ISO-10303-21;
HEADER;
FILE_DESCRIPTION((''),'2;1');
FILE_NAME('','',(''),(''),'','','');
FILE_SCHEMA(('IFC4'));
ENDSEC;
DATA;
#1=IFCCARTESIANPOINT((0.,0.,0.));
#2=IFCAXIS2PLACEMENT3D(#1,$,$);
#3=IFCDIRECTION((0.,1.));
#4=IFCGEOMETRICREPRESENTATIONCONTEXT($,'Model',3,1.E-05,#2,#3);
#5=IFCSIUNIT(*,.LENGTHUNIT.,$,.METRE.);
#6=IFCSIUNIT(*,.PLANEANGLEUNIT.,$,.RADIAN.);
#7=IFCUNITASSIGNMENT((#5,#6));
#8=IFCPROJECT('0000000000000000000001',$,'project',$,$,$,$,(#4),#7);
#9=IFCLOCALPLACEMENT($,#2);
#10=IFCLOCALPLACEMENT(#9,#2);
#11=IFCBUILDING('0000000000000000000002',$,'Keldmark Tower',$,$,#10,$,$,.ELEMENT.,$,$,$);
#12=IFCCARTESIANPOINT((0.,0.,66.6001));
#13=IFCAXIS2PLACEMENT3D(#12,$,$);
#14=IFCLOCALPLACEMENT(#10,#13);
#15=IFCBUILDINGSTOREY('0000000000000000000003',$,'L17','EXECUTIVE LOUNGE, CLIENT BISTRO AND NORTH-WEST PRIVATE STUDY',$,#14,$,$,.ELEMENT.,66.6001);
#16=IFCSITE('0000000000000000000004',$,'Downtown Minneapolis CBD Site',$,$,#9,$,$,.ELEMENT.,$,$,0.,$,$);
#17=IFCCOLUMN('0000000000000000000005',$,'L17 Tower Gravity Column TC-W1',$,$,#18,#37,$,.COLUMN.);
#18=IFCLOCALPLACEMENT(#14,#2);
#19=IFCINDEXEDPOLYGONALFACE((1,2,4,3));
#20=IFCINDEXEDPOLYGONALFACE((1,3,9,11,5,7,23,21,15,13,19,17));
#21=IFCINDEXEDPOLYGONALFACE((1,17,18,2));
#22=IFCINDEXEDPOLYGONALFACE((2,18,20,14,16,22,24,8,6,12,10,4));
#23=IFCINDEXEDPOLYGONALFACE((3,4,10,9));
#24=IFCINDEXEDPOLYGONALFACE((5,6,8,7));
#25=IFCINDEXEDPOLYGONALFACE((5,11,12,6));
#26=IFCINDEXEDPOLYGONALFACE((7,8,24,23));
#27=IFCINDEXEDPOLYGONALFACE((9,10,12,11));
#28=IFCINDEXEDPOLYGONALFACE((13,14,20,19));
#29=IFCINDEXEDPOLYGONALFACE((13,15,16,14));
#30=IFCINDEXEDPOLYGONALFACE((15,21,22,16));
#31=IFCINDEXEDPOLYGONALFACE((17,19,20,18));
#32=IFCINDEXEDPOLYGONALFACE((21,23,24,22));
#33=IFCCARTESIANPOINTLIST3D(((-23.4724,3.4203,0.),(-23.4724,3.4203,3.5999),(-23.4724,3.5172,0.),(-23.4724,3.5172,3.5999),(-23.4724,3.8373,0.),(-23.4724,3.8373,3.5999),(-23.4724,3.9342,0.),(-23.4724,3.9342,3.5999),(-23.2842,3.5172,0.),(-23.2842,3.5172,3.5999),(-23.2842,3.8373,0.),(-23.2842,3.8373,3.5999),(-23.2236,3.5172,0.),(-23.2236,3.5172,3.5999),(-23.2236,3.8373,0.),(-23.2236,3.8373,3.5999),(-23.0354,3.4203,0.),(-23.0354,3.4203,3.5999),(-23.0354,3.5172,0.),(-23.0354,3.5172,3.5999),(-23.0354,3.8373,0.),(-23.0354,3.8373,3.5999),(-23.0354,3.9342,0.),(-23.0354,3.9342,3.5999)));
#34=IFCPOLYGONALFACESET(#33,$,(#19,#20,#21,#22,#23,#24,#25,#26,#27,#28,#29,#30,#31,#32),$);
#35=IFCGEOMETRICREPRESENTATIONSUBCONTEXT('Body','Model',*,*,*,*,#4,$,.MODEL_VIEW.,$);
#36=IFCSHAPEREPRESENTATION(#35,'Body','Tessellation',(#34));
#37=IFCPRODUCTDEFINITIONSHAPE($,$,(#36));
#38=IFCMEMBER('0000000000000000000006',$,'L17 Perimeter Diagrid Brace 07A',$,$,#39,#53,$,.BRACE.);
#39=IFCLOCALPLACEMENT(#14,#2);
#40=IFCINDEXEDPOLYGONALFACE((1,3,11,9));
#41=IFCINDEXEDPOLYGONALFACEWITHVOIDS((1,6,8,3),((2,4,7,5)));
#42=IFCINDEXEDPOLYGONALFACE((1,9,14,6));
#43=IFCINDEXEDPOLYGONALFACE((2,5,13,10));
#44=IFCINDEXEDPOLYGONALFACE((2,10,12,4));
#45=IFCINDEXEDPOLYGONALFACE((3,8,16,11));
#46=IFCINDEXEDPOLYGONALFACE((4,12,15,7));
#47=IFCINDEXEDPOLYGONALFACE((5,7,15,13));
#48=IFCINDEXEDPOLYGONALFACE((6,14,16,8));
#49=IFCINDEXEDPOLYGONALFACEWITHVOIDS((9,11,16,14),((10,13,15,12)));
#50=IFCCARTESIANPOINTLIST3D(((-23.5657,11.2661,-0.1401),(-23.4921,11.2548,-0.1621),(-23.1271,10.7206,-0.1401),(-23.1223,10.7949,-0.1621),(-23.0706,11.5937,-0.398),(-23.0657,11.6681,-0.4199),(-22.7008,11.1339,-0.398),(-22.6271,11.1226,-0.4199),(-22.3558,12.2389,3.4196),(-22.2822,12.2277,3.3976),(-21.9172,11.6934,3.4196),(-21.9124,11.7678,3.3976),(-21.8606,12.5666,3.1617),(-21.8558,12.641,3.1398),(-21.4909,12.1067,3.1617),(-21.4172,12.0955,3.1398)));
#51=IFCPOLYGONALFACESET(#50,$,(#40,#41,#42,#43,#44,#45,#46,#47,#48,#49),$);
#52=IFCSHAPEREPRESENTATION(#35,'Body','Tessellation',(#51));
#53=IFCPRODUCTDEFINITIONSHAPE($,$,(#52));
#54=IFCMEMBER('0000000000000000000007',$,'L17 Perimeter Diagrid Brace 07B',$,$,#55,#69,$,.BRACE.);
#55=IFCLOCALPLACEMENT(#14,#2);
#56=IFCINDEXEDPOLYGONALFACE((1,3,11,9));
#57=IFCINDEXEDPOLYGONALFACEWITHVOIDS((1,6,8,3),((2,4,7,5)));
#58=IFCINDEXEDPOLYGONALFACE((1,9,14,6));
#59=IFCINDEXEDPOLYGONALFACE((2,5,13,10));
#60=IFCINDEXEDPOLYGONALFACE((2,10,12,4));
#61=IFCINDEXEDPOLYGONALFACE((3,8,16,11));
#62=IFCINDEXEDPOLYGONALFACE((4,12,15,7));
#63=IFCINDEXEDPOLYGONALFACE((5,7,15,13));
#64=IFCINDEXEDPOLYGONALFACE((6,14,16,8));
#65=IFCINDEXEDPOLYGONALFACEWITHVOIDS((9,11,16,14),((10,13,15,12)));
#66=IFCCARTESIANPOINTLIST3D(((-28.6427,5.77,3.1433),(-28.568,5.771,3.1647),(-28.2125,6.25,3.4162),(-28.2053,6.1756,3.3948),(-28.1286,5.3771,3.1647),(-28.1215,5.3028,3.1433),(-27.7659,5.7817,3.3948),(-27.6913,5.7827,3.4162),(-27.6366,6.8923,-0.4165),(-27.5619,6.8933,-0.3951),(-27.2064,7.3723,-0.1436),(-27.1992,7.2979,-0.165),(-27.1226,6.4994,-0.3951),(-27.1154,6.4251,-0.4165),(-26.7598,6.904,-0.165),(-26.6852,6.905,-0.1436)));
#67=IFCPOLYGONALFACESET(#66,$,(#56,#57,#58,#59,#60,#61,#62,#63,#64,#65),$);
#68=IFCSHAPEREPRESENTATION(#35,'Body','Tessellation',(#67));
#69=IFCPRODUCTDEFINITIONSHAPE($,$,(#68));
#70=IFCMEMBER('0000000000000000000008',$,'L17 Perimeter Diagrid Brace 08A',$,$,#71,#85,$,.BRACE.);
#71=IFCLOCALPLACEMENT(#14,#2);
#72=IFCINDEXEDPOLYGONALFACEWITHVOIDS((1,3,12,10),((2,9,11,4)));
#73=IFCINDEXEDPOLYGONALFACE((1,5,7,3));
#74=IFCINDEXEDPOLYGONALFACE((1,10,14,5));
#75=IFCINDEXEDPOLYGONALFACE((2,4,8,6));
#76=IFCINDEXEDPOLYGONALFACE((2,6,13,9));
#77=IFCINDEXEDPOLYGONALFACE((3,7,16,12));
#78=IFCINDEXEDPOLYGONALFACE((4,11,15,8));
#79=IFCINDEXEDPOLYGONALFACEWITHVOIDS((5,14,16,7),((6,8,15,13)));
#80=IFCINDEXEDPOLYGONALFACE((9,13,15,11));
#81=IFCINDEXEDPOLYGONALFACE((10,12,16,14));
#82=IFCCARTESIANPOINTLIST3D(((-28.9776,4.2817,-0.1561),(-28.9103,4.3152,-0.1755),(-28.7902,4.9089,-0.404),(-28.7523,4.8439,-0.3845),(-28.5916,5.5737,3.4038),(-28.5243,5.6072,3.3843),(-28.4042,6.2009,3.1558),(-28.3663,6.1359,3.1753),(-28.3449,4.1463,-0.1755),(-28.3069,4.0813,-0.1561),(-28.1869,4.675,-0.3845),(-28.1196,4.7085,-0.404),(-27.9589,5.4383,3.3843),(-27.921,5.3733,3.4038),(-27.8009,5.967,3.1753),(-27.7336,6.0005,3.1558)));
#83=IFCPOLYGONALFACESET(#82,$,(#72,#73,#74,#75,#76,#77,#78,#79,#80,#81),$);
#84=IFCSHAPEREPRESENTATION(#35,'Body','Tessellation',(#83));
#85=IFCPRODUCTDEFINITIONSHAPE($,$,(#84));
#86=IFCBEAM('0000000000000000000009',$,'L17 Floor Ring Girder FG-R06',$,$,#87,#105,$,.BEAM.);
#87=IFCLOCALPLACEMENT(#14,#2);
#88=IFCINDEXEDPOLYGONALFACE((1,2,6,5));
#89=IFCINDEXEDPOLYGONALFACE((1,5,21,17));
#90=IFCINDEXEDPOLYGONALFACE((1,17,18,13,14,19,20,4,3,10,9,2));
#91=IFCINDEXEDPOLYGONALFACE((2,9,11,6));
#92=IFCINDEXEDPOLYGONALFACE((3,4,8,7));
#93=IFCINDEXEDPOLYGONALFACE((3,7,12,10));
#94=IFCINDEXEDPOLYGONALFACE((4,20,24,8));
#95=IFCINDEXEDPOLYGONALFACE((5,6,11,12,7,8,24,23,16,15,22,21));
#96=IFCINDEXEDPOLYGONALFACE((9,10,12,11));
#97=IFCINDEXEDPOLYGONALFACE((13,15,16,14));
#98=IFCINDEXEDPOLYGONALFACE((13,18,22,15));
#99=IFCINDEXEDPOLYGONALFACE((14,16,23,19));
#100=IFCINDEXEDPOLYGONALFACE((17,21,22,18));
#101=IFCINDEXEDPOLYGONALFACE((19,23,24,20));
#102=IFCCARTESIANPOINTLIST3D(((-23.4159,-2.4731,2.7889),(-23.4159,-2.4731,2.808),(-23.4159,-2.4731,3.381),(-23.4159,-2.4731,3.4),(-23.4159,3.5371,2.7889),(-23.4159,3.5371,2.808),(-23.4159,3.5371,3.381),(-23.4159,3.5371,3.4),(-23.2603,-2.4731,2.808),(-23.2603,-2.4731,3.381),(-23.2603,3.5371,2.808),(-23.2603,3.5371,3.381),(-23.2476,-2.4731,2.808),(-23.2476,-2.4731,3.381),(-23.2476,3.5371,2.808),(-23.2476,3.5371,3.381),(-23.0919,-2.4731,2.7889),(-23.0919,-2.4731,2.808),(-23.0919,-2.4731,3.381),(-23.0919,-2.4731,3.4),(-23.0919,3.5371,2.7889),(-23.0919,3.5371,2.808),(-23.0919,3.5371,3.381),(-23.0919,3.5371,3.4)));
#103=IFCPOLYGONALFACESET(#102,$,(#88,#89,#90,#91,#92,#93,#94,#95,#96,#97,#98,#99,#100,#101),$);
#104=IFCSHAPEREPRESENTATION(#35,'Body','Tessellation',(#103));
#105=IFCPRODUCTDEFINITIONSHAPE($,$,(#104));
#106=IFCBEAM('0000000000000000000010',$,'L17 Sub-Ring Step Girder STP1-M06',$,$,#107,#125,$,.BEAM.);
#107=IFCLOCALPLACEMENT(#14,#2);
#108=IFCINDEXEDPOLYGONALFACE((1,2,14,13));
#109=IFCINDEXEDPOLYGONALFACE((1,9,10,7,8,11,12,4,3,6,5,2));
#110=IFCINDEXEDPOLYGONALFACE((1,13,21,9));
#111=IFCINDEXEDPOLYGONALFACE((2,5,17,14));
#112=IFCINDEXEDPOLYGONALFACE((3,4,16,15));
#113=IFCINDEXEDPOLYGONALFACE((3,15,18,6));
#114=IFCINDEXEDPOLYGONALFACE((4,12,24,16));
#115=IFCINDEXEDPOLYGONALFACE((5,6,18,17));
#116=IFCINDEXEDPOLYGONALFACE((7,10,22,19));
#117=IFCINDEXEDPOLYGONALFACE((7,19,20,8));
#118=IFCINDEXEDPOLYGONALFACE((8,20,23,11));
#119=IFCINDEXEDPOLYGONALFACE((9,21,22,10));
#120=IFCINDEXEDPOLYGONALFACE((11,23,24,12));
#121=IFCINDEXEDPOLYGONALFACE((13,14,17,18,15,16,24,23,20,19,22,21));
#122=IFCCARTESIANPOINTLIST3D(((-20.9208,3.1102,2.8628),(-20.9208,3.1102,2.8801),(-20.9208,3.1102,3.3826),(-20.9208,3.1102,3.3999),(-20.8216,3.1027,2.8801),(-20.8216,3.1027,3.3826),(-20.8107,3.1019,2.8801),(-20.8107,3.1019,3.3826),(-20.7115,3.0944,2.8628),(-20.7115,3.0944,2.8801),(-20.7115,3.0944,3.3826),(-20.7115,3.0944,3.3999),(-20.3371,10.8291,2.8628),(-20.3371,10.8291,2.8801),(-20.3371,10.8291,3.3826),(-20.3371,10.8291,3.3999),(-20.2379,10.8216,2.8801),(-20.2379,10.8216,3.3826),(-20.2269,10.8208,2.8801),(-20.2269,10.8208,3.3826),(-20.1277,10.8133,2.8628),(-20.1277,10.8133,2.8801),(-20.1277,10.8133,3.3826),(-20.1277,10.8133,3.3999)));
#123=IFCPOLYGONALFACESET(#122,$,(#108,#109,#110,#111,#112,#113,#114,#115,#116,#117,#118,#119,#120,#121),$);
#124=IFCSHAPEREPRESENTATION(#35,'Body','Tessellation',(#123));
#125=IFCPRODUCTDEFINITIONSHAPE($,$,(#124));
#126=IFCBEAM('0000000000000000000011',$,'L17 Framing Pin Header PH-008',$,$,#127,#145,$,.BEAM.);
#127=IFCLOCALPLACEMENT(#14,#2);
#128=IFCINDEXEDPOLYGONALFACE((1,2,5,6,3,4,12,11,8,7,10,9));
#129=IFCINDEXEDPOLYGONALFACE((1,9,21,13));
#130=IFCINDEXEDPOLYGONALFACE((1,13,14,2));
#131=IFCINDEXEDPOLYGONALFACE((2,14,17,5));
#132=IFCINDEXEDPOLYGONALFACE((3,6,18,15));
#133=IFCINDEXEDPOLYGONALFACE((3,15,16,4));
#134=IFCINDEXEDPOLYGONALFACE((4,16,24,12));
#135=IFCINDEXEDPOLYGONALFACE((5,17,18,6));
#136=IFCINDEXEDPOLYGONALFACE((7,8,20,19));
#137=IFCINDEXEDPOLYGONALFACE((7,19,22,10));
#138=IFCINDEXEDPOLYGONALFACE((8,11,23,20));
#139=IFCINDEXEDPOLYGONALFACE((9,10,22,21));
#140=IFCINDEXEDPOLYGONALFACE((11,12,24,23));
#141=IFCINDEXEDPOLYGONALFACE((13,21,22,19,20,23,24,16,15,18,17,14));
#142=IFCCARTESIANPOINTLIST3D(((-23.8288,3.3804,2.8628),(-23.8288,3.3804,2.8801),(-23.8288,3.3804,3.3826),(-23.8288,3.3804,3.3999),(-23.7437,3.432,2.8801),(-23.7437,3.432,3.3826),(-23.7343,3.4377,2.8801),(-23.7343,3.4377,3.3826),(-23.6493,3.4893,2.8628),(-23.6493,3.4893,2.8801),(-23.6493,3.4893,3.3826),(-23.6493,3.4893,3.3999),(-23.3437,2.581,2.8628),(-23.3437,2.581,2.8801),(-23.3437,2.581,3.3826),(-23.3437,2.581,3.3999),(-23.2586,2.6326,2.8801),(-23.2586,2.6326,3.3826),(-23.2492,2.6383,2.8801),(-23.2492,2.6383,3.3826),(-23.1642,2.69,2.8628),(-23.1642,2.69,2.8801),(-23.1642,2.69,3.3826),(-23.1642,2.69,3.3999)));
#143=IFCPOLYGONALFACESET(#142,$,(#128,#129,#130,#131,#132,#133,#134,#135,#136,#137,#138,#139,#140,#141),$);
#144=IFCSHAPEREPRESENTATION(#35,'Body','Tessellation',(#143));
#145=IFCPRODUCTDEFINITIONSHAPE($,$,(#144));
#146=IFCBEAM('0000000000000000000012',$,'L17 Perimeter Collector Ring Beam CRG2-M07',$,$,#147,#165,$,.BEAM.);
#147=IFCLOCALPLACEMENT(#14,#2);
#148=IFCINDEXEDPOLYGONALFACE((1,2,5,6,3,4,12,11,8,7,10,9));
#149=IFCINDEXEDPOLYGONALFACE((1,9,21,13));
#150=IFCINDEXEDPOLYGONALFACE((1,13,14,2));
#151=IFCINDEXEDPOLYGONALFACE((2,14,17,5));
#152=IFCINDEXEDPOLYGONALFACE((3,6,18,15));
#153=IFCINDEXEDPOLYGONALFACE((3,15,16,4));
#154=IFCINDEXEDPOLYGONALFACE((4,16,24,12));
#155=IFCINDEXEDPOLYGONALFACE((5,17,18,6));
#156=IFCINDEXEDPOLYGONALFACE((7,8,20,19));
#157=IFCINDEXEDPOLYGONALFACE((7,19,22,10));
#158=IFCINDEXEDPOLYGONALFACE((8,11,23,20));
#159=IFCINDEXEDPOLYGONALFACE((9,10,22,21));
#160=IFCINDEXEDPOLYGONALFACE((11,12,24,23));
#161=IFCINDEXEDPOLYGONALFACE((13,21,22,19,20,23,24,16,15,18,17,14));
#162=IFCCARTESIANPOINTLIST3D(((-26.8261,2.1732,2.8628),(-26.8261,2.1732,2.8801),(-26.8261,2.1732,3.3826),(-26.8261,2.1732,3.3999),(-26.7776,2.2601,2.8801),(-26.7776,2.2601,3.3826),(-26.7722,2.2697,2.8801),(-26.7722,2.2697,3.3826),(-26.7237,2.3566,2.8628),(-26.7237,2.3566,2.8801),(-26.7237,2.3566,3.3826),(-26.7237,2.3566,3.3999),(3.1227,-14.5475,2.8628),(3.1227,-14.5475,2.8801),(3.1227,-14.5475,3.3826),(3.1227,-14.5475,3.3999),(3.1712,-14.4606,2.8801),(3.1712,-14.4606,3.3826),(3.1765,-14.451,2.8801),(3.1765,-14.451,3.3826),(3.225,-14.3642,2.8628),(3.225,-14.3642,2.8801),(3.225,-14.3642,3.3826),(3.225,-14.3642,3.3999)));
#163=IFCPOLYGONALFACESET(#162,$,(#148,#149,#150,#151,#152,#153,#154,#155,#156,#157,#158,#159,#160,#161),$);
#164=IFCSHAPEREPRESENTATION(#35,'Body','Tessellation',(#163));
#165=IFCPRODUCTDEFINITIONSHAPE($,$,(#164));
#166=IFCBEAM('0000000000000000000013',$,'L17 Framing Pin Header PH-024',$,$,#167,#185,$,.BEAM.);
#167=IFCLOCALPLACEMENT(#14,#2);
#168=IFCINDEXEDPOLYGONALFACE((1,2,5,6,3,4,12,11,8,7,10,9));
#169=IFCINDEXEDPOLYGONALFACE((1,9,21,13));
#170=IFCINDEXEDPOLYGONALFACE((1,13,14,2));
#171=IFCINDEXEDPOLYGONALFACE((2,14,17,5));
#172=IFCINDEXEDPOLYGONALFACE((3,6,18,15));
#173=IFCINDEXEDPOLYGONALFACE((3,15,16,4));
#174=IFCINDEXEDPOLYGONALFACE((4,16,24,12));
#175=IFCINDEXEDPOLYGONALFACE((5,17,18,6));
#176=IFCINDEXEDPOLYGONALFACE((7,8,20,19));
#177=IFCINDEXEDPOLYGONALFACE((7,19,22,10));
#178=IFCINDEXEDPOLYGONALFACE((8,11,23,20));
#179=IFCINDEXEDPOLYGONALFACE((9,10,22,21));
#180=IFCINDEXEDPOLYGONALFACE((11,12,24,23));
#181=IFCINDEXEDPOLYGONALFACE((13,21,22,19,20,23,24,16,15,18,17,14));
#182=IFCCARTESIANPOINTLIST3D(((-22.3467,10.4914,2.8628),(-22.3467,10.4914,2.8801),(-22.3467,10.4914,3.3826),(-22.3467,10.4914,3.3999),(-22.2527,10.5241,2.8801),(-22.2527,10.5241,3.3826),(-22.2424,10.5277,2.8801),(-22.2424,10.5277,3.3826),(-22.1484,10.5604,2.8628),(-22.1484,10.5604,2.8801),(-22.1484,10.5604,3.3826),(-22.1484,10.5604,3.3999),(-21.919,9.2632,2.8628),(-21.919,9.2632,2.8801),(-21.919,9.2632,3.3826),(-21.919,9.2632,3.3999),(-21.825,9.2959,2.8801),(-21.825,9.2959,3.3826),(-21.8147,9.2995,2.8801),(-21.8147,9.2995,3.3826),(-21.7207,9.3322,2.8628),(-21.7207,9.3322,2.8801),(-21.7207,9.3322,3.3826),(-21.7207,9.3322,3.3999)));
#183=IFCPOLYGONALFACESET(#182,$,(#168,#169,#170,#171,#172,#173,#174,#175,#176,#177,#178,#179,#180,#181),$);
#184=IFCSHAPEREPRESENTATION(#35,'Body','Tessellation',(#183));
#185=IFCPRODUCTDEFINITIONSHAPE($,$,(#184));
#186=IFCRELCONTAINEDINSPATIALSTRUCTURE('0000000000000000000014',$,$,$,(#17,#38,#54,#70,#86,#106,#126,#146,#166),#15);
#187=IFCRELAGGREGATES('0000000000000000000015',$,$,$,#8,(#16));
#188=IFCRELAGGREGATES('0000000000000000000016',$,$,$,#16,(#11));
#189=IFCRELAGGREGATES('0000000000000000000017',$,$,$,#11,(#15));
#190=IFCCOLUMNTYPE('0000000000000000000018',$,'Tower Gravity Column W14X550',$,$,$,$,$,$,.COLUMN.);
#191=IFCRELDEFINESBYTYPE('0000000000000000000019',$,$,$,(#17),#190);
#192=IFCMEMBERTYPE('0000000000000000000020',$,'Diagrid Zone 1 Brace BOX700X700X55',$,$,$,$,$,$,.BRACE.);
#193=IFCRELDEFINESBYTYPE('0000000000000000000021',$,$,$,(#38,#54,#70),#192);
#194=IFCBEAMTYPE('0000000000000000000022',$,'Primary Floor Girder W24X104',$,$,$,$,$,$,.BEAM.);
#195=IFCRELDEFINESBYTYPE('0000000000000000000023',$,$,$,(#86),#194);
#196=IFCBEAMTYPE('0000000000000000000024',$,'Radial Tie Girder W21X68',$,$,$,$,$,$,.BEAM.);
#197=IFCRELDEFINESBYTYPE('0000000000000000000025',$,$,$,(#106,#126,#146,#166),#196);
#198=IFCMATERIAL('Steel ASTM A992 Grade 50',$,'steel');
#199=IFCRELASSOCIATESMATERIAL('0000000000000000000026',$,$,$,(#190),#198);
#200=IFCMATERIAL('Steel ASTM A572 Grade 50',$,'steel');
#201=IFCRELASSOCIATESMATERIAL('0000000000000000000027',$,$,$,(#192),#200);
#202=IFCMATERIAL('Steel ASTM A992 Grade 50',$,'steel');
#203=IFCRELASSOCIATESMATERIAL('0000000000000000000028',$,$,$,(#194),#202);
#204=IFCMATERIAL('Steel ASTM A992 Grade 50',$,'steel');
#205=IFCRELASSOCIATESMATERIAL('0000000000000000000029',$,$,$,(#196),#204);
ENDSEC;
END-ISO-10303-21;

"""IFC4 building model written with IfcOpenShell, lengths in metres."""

from ifc_helpers import new_model, si_unit, direction, frame, origin, origin_2d, place, context, subcontext, project, spatial, hollow_rectangle, i_section, extrude, material, material_profile, profile_set, type_object, element, save


model = new_model("IFC4")

# Units and contexts
model_context = context("Model", 3, precision=1e-05, world=origin(), true_north=direction((0.0, 1.0)))
body_context = subcontext(model_context, "Body", "Model", "MODEL_VIEW")
ifc_project = project(units=[si_unit("LENGTHUNIT", "METRE"), si_unit("PLANEANGLEUNIT", "RADIAN")], contexts=[model_context])

# Site, building, storey
site_placement = place(None, origin())
site = spatial("IfcSite", under=ifc_project, at=site_placement, Name="Downtown Minneapolis CBD Site", CompositionType="ELEMENT", RefElevation=0.0)
building_placement = place(site_placement, origin())
building = spatial("IfcBuilding", under=site, at=building_placement, Name="Keldmark Tower", CompositionType="ELEMENT")
storey_placement = place(building_placement, frame((0.0, 0.0, 66.6001)))
storey = spatial("IfcBuildingStorey", under=building, at=storey_placement, Name="L17", Description="EXECUTIVE LOUNGE, CLIENT BISTRO AND NORTH-WEST PRIVATE STUDY", CompositionType="ELEMENT", Elevation=66.6001)

# Column
ifc_material_1 = material(Name="Steel ASTM A992 Grade 50", Category="steel")
ifc_material_profile_1 = material_profile(ifc_material_1, i_section(OverallWidth=0.437, OverallDepth=0.5139, WebThickness=0.0605, FlangeThickness=0.0969, at=origin_2d()), Name="W14X550")
ifc_profile_set_1 = profile_set([ifc_material_profile_1], Name="Steel ASTM A992 Grade 50")
column_type = type_object("IfcColumnType", Name="Tower Gravity Column W14X550", PredefinedType="COLUMN", material=ifc_profile_set_1)
column_placement = place(storey_placement, frame((-23.2539, 3.6772, 0.0), z_axis=(0.0, 0.0, 1.0), x_axis=(1.0, 0.0, 0.0)))
element("IfcColumn", 1, at=column_placement, inside=storey, type_object=column_type, Name="L17 Tower Gravity Column TC-W1", PredefinedType="COLUMN", context=body_context, shape_type="SweptSolid", body=[
    extrude(i_section(OverallWidth=0.437, OverallDepth=0.5139, WebThickness=0.0605, FlangeThickness=0.0969, at=origin_2d()), origin(), (0.0, 0.0, 1.0), 3.5999),
])

# Members
ifc_material_2 = material(Name="Steel ASTM A572 Grade 50", Category="steel")
ifc_material_profile_2 = material_profile(ifc_material_2, hollow_rectangle(XDim=0.7, YDim=0.7, WallThickness=0.0549, at=origin_2d()), Name="BOX700X700X55")
ifc_profile_set_2 = profile_set([ifc_material_profile_2], Name="Steel ASTM A572 Grade 50")
member_type = type_object("IfcMemberType", Name="Diagrid Zone 1 Brace BOX700X700X55", PredefinedType="BRACE", material=ifc_profile_set_2)
member_1_placement = place(storey_placement, frame((-23.0964, 11.1943, -0.28), z_axis=(0.311552, 0.250511, 0.916613), x_axis=(-0.62663, 0.779317, 0.0)))
element("IfcMember", 2, at=member_1_placement, inside=storey, type_object=member_type, Name="L17 Perimeter Diagrid Brace 07A", PredefinedType="BRACE", context=body_context, shape_type="SweptSolid", body=[
    extrude(hollow_rectangle(XDim=0.7, YDim=0.7, WallThickness=0.0549, at=origin_2d()), origin(), (0.0, 0.0, 1.0), 3.8835),
])
member_2_placement = place(storey_placement, frame((-27.1609, 6.8987, -0.28), z_axis=(-0.26026, -0.290322, 0.920857), x_axis=(0.744606, -0.667505, 0.0)))
element("IfcMember", 3, at=member_2_placement, inside=storey, type_object=member_type, Name="L17 Perimeter Diagrid Brace 07B", PredefinedType="BRACE", context=body_context, shape_type="SweptSolid", body=[
    extrude(hollow_rectangle(XDim=0.7, YDim=0.7, WallThickness=0.0549, at=origin_2d()), origin(), (0.0, 0.0, 1.0), 3.8657),
])
member_3_placement = place(storey_placement, frame((-28.5486, 4.4951, -0.28), z_axis=(0.101398, 0.339405, 0.935159), x_axis=(-0.958155, 0.286251, 0.0)))
element("IfcMember", 4, at=member_3_placement, inside=storey, type_object=member_type, Name="L17 Perimeter Diagrid Brace 08A", PredefinedType="BRACE", context=body_context, shape_type="SweptSolid", body=[
    extrude(hollow_rectangle(XDim=0.7, YDim=0.7, WallThickness=0.0549, at=origin_2d()), origin(), (0.0, 0.0, 1.0), 3.8066),
])

# Beams
ifc_material_3 = material(Name="Steel ASTM A992 Grade 50", Category="steel")
ifc_material_profile_3 = material_profile(ifc_material_3, i_section(OverallWidth=0.324, OverallDepth=0.6111, WebThickness=0.0127, FlangeThickness=0.019, at=origin_2d()), Name="W24X104")
ifc_profile_set_3 = profile_set([ifc_material_profile_3], Name="Steel ASTM A992 Grade 50")
beam_type_1 = type_object("IfcBeamType", Name="Primary Floor Girder W24X104", PredefinedType="BEAM", material=ifc_profile_set_3)
beam_1_placement = place(storey_placement, frame((-23.2539, 3.5371, 3.0945), z_axis=(0.0, -1.0, 0.0), x_axis=(1.0, 0.0, 0.0)))
element("IfcBeam", 5, at=beam_1_placement, inside=storey, type_object=beam_type_1, Name="L17 Floor Ring Girder FG-R06", PredefinedType="BEAM", context=body_context, shape_type="SweptSolid", body=[
    extrude(i_section(OverallWidth=0.324, OverallDepth=0.6111, WebThickness=0.0127, FlangeThickness=0.019, at=origin_2d()), origin(), (0.0, 0.0, 1.0), 6.0103),
])
ifc_material_4 = material(Name="Steel ASTM A992 Grade 50", Category="steel")
ifc_material_profile_4 = material_profile(ifc_material_4, i_section(OverallWidth=0.21, OverallDepth=0.5371, WebThickness=0.011, FlangeThickness=0.0173, at=origin_2d()), Name="W21X68")
ifc_profile_set_4 = profile_set([ifc_material_profile_4], Name="Steel ASTM A992 Grade 50")
beam_type_2 = type_object("IfcBeamType", Name="Radial Tie Girder W21X68", PredefinedType="BEAM", material=ifc_profile_set_4)
beam_2_placement = place(storey_placement, frame((-20.8162, 3.1023, 3.1313), z_axis=(0.075409, 0.997153, 0.0), x_axis=(-0.997153, 0.075409, 0.0)))
element("IfcBeam", 6, at=beam_2_placement, inside=storey, type_object=beam_type_2, Name="L17 Sub-Ring Step Girder STP1-M06", PredefinedType="BEAM", context=body_context, shape_type="SweptSolid", body=[
    extrude(i_section(OverallWidth=0.21, OverallDepth=0.5371, WebThickness=0.011, FlangeThickness=0.0173, at=origin_2d()), origin(), (0.0, 0.0, 1.0), 7.741),
])
beam_3_placement = place(storey_placement, frame((-23.2539, 2.6355, 3.1313), z_axis=(-0.518828, 0.854879, 0.0), x_axis=(-0.854879, -0.518828, 0.0)))
element("IfcBeam", 7, at=beam_3_placement, inside=storey, type_object=beam_type_2, Name="L17 Framing Pin Header PH-008", PredefinedType="BEAM", context=body_context, shape_type="SweptSolid", body=[
    extrude(i_section(OverallWidth=0.21, OverallDepth=0.5371, WebThickness=0.011, FlangeThickness=0.0173, at=origin_2d()), origin(), (0.0, 0.0, 1.0), 0.9351),
])
beam_4_placement = place(storey_placement, frame((-26.7749, 2.2649, 3.1313), z_axis=(0.873134, -0.48748, 0.0), x_axis=(0.48748, 0.873134, 0.0)))
element("IfcBeam", 8, at=beam_4_placement, inside=storey, type_object=beam_type_2, Name="L17 Perimeter Collector Ring Beam CRG2-M07", PredefinedType="BEAM", context=body_context, shape_type="SweptSolid", body=[
    extrude(i_section(OverallWidth=0.21, OverallDepth=0.5371, WebThickness=0.011, FlangeThickness=0.0173, at=origin_2d()), origin(), (0.0, 0.0, 1.0), 34.3003),
])
beam_5_placement = place(storey_placement, frame((-22.2476, 10.5259, 3.1313), z_axis=(0.32887, -0.944375, 0.0), x_axis=(0.944375, 0.32887, 0.0)))
element("IfcBeam", 9, at=beam_5_placement, inside=storey, type_object=beam_type_2, Name="L17 Framing Pin Header PH-024", PredefinedType="BEAM", context=body_context, shape_type="SweptSolid", body=[
    extrude(i_section(OverallWidth=0.21, OverallDepth=0.5371, WebThickness=0.011, FlangeThickness=0.0173, at=origin_2d()), origin(), (0.0, 0.0, 1.0), 1.3005),
])

save(model, "model.ifc")
